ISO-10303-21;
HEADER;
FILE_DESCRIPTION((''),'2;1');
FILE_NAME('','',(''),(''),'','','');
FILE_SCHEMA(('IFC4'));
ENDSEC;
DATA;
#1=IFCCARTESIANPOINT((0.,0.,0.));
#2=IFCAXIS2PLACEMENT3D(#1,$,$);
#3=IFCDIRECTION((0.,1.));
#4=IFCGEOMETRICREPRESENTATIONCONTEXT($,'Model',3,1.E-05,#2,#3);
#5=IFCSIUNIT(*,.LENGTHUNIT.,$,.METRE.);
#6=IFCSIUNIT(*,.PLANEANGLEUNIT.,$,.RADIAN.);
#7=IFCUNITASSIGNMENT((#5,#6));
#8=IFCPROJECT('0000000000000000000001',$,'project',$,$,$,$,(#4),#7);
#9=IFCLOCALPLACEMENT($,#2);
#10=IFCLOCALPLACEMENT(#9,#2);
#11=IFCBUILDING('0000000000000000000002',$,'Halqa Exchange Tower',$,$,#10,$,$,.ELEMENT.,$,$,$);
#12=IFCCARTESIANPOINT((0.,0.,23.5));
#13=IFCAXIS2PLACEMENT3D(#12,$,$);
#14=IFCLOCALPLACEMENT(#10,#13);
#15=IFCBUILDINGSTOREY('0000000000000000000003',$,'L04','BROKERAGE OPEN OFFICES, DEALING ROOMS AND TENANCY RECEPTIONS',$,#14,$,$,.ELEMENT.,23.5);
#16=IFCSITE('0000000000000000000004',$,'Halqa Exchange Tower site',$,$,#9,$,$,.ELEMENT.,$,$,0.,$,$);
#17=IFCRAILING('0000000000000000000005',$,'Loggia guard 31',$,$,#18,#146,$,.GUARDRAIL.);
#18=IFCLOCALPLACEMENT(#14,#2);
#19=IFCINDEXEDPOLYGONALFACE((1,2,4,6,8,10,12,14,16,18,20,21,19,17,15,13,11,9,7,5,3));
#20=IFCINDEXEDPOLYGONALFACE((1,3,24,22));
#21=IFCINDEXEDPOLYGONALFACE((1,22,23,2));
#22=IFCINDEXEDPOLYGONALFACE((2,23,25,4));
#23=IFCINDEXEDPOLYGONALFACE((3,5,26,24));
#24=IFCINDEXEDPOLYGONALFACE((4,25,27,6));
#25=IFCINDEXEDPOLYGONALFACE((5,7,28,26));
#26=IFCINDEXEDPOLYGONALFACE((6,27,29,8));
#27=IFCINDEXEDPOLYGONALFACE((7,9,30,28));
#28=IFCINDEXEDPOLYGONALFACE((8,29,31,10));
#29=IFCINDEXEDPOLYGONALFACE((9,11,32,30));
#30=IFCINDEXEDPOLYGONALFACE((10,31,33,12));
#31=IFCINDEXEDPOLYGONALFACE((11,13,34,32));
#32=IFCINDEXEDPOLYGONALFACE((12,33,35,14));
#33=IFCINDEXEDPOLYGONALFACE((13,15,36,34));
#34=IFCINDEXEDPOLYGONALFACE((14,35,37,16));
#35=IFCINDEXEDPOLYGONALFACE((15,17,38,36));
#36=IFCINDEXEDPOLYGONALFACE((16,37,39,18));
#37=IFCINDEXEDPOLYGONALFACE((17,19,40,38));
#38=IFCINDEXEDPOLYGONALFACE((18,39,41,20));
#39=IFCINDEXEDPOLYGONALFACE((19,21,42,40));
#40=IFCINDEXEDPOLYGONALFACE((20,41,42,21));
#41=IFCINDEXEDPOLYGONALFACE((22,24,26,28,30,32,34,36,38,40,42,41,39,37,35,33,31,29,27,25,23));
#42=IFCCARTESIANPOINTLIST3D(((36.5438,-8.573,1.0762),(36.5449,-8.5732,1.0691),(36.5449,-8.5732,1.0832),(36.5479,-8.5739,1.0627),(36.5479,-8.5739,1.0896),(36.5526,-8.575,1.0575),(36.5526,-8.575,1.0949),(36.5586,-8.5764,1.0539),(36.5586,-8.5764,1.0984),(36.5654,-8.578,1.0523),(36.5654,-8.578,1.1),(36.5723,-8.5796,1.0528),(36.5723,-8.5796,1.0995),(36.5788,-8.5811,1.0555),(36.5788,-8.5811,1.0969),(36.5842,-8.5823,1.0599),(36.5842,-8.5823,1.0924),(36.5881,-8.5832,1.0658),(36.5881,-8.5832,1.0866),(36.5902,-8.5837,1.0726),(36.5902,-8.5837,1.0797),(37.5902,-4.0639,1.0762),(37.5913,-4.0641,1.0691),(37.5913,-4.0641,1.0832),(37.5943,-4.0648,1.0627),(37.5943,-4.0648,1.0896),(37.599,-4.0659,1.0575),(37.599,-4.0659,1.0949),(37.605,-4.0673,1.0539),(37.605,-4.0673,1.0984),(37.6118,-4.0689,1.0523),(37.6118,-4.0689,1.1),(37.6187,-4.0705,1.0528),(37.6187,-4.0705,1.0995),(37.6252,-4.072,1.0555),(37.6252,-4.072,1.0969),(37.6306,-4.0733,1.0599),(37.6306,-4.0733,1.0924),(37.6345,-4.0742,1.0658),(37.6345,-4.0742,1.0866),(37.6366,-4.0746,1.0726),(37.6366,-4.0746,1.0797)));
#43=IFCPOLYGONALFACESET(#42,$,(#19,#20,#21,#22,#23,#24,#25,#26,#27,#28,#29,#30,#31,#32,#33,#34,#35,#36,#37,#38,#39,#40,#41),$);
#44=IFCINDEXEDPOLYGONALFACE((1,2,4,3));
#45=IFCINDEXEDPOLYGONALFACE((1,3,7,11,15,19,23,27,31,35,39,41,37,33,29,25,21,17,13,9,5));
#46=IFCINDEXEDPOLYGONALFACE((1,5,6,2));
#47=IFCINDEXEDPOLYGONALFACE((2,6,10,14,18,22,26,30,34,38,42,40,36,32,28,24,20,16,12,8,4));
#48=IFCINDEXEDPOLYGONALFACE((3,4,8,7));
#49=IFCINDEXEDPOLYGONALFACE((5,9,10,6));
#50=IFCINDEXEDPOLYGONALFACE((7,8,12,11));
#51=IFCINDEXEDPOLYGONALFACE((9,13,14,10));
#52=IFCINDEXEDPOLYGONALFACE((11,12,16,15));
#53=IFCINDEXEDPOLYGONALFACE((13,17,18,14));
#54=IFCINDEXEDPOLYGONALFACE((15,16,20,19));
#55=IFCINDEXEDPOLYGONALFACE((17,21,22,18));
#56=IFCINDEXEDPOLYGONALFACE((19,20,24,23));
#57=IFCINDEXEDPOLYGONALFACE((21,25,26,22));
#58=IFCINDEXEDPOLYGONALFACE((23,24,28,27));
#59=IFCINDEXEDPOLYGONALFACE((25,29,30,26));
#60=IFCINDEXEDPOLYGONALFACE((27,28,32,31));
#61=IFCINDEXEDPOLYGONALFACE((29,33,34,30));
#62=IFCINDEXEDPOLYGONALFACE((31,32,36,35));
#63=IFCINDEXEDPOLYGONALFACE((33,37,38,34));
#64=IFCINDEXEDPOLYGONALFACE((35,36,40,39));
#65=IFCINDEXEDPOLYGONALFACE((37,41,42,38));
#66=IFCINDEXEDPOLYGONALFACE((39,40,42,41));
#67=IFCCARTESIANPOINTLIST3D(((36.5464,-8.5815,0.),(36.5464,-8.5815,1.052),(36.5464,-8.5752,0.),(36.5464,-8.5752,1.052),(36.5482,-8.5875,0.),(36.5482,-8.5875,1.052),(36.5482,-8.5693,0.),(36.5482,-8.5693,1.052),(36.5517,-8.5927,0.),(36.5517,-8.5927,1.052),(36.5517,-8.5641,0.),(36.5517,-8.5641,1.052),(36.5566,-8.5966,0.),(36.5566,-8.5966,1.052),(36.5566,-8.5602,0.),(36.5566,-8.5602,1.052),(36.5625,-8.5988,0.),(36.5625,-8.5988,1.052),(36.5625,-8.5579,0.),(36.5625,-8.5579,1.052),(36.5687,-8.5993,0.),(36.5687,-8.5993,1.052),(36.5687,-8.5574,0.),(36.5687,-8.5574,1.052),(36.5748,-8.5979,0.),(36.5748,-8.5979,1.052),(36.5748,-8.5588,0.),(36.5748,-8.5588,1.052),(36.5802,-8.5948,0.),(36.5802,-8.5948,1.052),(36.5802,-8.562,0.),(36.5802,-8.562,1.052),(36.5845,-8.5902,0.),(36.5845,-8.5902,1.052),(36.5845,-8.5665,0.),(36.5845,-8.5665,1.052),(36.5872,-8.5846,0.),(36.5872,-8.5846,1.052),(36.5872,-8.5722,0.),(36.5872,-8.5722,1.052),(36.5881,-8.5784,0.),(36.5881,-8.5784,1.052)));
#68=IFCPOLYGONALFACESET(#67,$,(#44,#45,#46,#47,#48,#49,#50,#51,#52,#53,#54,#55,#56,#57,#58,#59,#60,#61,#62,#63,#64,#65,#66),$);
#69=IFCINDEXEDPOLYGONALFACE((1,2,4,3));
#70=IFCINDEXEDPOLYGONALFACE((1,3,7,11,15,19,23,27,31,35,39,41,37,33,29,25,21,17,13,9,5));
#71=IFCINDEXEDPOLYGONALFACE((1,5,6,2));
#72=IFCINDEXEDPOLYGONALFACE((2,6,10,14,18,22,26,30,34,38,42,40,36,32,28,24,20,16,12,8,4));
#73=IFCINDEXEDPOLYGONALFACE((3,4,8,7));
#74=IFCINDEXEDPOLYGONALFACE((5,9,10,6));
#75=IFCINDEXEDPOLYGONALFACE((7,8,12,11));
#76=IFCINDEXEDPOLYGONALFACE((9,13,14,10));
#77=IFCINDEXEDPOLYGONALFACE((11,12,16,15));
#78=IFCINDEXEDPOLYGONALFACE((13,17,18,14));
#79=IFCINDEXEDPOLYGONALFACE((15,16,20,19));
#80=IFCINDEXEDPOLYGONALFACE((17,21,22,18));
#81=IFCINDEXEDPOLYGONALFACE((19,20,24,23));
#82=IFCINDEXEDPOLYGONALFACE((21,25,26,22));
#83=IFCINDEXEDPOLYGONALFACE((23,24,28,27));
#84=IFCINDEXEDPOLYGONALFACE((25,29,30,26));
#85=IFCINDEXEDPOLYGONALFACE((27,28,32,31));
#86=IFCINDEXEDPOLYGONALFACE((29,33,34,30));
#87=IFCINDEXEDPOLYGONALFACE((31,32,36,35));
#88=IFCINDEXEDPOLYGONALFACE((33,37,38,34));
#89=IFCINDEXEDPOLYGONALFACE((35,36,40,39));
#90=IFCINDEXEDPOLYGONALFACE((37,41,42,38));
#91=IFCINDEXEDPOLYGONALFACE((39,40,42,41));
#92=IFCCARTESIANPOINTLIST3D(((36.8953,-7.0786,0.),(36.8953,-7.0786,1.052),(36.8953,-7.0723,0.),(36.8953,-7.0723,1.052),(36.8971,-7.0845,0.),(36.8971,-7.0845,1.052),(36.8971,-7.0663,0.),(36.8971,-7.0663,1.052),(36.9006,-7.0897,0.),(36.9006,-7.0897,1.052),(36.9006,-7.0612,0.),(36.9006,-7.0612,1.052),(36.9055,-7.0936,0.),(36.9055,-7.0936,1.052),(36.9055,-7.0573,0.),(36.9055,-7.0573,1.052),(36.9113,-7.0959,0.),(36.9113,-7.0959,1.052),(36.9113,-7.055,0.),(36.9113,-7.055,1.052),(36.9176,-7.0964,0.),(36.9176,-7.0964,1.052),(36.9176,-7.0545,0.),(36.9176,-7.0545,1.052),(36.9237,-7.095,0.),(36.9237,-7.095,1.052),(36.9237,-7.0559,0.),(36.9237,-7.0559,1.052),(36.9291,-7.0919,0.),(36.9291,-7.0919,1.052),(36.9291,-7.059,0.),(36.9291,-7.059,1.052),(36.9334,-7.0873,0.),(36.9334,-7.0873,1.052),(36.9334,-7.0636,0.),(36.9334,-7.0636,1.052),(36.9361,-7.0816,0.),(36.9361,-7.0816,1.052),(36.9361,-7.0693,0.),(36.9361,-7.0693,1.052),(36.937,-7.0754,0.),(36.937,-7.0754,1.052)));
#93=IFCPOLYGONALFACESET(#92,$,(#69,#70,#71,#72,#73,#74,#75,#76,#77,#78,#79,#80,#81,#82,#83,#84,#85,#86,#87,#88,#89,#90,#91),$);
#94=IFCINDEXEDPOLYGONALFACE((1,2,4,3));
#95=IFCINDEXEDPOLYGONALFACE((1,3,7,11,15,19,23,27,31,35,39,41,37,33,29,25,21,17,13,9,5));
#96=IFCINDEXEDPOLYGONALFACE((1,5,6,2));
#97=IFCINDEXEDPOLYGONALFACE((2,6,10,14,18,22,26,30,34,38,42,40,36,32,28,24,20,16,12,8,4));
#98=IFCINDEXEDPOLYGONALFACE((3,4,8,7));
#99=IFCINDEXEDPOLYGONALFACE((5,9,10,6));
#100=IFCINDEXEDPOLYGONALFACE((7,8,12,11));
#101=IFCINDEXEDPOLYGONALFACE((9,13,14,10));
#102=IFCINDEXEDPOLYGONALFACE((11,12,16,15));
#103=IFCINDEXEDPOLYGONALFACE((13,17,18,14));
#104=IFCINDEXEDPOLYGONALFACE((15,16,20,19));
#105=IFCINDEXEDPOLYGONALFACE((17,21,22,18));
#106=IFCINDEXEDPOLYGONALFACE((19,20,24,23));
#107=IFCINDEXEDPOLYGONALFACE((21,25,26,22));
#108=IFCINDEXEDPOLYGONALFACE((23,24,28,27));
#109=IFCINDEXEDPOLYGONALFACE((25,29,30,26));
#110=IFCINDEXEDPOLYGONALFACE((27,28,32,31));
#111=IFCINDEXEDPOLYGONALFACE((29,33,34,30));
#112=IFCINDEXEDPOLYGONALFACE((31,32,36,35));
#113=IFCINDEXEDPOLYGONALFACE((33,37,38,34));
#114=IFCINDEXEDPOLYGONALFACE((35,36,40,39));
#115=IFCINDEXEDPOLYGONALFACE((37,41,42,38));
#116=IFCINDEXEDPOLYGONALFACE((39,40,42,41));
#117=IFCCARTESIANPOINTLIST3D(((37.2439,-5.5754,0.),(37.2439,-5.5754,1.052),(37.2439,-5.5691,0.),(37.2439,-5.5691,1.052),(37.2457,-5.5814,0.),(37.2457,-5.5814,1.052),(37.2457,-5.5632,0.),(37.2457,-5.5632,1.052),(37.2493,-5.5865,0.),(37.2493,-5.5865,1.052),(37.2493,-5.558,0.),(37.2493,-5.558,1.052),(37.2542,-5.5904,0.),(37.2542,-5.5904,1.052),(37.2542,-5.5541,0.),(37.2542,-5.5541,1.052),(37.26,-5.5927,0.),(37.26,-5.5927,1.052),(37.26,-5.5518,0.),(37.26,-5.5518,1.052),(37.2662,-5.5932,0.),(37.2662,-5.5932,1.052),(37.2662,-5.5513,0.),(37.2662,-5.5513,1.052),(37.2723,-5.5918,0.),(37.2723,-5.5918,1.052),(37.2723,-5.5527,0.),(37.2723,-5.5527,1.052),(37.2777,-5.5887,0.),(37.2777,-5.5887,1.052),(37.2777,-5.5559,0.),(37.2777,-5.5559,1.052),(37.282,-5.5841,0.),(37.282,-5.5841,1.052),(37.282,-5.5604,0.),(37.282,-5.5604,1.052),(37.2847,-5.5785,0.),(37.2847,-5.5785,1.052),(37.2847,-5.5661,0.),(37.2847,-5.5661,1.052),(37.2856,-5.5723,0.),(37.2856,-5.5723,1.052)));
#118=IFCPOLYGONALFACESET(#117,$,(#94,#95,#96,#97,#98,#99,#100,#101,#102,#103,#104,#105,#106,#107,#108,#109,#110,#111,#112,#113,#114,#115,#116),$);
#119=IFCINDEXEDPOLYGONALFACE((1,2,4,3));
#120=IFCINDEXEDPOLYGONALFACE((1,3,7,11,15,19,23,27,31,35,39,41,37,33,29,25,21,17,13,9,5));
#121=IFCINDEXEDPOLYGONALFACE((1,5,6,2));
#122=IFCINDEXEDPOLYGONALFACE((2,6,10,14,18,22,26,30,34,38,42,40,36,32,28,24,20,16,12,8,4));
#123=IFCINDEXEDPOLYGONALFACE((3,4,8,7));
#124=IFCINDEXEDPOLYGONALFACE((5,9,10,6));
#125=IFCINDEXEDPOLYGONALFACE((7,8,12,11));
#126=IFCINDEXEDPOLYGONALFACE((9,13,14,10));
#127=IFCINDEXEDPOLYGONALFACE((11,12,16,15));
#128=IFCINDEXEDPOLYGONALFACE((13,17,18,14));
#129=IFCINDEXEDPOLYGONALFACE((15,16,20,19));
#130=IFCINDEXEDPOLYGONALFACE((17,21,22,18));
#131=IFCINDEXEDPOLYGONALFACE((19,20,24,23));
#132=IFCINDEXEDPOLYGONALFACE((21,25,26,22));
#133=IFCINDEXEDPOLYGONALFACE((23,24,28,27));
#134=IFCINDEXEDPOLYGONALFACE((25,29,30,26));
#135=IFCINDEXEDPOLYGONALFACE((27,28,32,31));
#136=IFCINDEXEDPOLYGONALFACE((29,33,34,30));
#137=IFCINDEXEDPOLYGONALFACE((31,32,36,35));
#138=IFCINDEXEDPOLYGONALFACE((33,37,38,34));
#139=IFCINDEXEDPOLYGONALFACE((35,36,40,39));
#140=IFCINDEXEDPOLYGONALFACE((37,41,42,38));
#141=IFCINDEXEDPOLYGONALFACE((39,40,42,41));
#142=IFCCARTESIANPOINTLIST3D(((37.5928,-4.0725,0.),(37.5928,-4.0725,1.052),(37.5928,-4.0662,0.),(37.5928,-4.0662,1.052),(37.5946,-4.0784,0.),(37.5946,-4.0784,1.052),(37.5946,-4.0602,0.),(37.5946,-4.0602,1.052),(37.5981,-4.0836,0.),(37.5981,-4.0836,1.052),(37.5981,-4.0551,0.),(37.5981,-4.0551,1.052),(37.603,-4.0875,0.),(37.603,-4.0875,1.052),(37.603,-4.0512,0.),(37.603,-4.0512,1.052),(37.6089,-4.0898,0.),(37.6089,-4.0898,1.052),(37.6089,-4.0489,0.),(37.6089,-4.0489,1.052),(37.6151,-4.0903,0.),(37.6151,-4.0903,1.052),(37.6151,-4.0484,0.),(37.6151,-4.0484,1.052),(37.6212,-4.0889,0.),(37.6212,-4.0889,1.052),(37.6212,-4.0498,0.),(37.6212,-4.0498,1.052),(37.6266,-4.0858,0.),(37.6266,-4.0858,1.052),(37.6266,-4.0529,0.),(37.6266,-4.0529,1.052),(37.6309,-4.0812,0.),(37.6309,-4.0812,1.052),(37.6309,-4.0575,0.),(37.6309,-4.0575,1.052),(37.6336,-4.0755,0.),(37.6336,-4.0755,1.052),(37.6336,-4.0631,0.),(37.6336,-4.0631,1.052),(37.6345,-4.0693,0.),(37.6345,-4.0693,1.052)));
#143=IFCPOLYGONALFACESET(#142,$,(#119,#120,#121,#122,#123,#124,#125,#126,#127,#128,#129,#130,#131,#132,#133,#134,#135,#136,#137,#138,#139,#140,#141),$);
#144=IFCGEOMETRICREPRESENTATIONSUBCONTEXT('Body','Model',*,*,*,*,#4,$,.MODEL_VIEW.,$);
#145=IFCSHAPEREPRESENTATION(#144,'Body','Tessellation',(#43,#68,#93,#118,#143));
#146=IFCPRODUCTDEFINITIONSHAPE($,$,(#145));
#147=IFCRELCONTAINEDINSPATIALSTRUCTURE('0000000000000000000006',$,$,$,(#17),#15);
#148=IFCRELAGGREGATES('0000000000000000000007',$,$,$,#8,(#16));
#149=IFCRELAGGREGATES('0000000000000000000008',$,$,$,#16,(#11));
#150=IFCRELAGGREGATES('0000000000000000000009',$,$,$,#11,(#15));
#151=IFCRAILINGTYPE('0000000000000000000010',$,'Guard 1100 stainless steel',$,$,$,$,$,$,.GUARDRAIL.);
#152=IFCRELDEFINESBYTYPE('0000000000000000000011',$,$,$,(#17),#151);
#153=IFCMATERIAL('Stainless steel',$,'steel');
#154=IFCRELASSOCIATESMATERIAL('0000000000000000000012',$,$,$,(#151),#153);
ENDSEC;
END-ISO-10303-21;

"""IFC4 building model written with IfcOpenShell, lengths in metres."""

from ifc_helpers import new_model, si_unit, direction, frame, origin, origin_2d, place, context, subcontext, project, spatial, circle, extrude, material, type_object, element, save


model = new_model("IFC4")

# Units and contexts
model_context = context("Model", 3, precision=1e-05, world=origin(), true_north=direction((0.0, 1.0)))
body_context = subcontext(model_context, "Body", "Model", "MODEL_VIEW")
ifc_project = project(units=[si_unit("LENGTHUNIT", "METRE"), si_unit("PLANEANGLEUNIT", "RADIAN")], contexts=[model_context])

# Site, building, storey
site_placement = place(None, origin())
site = spatial("IfcSite", under=ifc_project, at=site_placement, Name="Halqa Exchange Tower site", CompositionType="ELEMENT", RefElevation=0.0)
building_placement = place(site_placement, origin())
building = spatial("IfcBuilding", under=site, at=building_placement, Name="Halqa Exchange Tower", CompositionType="ELEMENT")
storey_placement = place(building_placement, frame((0.0, 0.0, 23.5)))
storey = spatial("IfcBuildingStorey", under=building, at=storey_placement, Name="L04", Description="BROKERAGE OPEN OFFICES, DEALING ROOMS AND TENANCY RECEPTIONS", CompositionType="ELEMENT", Elevation=23.5)

# Railing
ifc_material_1 = material(Name="Stainless steel", Category="steel")
railing_type = type_object("IfcRailingType", Name="Guard 1100 stainless steel", PredefinedType="GUARDRAIL", material=ifc_material_1)
railing_1_placement = place(storey_placement, frame((36.5671, -8.5784, 0.0)))
element("IfcRailing", 1, at=railing_1_placement, inside=storey, type_object=railing_type, Name="Loggia guard 31", PredefinedType="GUARDRAIL", context=body_context, shape_type="SweptSolid", body=[
    extrude(circle(Radius=0.0239, at=origin_2d()), frame((0.0, 0.0, 1.0762), z_axis=(0.226057, 0.974114, 0.0), x_axis=(-0.974114, 0.226057, 0.0)), (0.0, 0.0, 1.0), 4.6289),
    extrude(circle(Radius=0.021, at=origin_2d()), origin(), (0.0, 0.0, 1.0), 1.052),
    extrude(circle(Radius=0.021, at=origin_2d()), frame((0.3489, 1.5029, 0.0)), (0.0, 0.0, 1.0), 1.052),
    extrude(circle(Radius=0.021, at=origin_2d()), frame((0.6975, 3.0061, 0.0)), (0.0, 0.0, 1.0), 1.052),
    extrude(circle(Radius=0.021, at=origin_2d()), frame((1.0464, 4.509, 0.0)), (0.0, 0.0, 1.0), 1.052),
])

save(model, "model.ifc")
